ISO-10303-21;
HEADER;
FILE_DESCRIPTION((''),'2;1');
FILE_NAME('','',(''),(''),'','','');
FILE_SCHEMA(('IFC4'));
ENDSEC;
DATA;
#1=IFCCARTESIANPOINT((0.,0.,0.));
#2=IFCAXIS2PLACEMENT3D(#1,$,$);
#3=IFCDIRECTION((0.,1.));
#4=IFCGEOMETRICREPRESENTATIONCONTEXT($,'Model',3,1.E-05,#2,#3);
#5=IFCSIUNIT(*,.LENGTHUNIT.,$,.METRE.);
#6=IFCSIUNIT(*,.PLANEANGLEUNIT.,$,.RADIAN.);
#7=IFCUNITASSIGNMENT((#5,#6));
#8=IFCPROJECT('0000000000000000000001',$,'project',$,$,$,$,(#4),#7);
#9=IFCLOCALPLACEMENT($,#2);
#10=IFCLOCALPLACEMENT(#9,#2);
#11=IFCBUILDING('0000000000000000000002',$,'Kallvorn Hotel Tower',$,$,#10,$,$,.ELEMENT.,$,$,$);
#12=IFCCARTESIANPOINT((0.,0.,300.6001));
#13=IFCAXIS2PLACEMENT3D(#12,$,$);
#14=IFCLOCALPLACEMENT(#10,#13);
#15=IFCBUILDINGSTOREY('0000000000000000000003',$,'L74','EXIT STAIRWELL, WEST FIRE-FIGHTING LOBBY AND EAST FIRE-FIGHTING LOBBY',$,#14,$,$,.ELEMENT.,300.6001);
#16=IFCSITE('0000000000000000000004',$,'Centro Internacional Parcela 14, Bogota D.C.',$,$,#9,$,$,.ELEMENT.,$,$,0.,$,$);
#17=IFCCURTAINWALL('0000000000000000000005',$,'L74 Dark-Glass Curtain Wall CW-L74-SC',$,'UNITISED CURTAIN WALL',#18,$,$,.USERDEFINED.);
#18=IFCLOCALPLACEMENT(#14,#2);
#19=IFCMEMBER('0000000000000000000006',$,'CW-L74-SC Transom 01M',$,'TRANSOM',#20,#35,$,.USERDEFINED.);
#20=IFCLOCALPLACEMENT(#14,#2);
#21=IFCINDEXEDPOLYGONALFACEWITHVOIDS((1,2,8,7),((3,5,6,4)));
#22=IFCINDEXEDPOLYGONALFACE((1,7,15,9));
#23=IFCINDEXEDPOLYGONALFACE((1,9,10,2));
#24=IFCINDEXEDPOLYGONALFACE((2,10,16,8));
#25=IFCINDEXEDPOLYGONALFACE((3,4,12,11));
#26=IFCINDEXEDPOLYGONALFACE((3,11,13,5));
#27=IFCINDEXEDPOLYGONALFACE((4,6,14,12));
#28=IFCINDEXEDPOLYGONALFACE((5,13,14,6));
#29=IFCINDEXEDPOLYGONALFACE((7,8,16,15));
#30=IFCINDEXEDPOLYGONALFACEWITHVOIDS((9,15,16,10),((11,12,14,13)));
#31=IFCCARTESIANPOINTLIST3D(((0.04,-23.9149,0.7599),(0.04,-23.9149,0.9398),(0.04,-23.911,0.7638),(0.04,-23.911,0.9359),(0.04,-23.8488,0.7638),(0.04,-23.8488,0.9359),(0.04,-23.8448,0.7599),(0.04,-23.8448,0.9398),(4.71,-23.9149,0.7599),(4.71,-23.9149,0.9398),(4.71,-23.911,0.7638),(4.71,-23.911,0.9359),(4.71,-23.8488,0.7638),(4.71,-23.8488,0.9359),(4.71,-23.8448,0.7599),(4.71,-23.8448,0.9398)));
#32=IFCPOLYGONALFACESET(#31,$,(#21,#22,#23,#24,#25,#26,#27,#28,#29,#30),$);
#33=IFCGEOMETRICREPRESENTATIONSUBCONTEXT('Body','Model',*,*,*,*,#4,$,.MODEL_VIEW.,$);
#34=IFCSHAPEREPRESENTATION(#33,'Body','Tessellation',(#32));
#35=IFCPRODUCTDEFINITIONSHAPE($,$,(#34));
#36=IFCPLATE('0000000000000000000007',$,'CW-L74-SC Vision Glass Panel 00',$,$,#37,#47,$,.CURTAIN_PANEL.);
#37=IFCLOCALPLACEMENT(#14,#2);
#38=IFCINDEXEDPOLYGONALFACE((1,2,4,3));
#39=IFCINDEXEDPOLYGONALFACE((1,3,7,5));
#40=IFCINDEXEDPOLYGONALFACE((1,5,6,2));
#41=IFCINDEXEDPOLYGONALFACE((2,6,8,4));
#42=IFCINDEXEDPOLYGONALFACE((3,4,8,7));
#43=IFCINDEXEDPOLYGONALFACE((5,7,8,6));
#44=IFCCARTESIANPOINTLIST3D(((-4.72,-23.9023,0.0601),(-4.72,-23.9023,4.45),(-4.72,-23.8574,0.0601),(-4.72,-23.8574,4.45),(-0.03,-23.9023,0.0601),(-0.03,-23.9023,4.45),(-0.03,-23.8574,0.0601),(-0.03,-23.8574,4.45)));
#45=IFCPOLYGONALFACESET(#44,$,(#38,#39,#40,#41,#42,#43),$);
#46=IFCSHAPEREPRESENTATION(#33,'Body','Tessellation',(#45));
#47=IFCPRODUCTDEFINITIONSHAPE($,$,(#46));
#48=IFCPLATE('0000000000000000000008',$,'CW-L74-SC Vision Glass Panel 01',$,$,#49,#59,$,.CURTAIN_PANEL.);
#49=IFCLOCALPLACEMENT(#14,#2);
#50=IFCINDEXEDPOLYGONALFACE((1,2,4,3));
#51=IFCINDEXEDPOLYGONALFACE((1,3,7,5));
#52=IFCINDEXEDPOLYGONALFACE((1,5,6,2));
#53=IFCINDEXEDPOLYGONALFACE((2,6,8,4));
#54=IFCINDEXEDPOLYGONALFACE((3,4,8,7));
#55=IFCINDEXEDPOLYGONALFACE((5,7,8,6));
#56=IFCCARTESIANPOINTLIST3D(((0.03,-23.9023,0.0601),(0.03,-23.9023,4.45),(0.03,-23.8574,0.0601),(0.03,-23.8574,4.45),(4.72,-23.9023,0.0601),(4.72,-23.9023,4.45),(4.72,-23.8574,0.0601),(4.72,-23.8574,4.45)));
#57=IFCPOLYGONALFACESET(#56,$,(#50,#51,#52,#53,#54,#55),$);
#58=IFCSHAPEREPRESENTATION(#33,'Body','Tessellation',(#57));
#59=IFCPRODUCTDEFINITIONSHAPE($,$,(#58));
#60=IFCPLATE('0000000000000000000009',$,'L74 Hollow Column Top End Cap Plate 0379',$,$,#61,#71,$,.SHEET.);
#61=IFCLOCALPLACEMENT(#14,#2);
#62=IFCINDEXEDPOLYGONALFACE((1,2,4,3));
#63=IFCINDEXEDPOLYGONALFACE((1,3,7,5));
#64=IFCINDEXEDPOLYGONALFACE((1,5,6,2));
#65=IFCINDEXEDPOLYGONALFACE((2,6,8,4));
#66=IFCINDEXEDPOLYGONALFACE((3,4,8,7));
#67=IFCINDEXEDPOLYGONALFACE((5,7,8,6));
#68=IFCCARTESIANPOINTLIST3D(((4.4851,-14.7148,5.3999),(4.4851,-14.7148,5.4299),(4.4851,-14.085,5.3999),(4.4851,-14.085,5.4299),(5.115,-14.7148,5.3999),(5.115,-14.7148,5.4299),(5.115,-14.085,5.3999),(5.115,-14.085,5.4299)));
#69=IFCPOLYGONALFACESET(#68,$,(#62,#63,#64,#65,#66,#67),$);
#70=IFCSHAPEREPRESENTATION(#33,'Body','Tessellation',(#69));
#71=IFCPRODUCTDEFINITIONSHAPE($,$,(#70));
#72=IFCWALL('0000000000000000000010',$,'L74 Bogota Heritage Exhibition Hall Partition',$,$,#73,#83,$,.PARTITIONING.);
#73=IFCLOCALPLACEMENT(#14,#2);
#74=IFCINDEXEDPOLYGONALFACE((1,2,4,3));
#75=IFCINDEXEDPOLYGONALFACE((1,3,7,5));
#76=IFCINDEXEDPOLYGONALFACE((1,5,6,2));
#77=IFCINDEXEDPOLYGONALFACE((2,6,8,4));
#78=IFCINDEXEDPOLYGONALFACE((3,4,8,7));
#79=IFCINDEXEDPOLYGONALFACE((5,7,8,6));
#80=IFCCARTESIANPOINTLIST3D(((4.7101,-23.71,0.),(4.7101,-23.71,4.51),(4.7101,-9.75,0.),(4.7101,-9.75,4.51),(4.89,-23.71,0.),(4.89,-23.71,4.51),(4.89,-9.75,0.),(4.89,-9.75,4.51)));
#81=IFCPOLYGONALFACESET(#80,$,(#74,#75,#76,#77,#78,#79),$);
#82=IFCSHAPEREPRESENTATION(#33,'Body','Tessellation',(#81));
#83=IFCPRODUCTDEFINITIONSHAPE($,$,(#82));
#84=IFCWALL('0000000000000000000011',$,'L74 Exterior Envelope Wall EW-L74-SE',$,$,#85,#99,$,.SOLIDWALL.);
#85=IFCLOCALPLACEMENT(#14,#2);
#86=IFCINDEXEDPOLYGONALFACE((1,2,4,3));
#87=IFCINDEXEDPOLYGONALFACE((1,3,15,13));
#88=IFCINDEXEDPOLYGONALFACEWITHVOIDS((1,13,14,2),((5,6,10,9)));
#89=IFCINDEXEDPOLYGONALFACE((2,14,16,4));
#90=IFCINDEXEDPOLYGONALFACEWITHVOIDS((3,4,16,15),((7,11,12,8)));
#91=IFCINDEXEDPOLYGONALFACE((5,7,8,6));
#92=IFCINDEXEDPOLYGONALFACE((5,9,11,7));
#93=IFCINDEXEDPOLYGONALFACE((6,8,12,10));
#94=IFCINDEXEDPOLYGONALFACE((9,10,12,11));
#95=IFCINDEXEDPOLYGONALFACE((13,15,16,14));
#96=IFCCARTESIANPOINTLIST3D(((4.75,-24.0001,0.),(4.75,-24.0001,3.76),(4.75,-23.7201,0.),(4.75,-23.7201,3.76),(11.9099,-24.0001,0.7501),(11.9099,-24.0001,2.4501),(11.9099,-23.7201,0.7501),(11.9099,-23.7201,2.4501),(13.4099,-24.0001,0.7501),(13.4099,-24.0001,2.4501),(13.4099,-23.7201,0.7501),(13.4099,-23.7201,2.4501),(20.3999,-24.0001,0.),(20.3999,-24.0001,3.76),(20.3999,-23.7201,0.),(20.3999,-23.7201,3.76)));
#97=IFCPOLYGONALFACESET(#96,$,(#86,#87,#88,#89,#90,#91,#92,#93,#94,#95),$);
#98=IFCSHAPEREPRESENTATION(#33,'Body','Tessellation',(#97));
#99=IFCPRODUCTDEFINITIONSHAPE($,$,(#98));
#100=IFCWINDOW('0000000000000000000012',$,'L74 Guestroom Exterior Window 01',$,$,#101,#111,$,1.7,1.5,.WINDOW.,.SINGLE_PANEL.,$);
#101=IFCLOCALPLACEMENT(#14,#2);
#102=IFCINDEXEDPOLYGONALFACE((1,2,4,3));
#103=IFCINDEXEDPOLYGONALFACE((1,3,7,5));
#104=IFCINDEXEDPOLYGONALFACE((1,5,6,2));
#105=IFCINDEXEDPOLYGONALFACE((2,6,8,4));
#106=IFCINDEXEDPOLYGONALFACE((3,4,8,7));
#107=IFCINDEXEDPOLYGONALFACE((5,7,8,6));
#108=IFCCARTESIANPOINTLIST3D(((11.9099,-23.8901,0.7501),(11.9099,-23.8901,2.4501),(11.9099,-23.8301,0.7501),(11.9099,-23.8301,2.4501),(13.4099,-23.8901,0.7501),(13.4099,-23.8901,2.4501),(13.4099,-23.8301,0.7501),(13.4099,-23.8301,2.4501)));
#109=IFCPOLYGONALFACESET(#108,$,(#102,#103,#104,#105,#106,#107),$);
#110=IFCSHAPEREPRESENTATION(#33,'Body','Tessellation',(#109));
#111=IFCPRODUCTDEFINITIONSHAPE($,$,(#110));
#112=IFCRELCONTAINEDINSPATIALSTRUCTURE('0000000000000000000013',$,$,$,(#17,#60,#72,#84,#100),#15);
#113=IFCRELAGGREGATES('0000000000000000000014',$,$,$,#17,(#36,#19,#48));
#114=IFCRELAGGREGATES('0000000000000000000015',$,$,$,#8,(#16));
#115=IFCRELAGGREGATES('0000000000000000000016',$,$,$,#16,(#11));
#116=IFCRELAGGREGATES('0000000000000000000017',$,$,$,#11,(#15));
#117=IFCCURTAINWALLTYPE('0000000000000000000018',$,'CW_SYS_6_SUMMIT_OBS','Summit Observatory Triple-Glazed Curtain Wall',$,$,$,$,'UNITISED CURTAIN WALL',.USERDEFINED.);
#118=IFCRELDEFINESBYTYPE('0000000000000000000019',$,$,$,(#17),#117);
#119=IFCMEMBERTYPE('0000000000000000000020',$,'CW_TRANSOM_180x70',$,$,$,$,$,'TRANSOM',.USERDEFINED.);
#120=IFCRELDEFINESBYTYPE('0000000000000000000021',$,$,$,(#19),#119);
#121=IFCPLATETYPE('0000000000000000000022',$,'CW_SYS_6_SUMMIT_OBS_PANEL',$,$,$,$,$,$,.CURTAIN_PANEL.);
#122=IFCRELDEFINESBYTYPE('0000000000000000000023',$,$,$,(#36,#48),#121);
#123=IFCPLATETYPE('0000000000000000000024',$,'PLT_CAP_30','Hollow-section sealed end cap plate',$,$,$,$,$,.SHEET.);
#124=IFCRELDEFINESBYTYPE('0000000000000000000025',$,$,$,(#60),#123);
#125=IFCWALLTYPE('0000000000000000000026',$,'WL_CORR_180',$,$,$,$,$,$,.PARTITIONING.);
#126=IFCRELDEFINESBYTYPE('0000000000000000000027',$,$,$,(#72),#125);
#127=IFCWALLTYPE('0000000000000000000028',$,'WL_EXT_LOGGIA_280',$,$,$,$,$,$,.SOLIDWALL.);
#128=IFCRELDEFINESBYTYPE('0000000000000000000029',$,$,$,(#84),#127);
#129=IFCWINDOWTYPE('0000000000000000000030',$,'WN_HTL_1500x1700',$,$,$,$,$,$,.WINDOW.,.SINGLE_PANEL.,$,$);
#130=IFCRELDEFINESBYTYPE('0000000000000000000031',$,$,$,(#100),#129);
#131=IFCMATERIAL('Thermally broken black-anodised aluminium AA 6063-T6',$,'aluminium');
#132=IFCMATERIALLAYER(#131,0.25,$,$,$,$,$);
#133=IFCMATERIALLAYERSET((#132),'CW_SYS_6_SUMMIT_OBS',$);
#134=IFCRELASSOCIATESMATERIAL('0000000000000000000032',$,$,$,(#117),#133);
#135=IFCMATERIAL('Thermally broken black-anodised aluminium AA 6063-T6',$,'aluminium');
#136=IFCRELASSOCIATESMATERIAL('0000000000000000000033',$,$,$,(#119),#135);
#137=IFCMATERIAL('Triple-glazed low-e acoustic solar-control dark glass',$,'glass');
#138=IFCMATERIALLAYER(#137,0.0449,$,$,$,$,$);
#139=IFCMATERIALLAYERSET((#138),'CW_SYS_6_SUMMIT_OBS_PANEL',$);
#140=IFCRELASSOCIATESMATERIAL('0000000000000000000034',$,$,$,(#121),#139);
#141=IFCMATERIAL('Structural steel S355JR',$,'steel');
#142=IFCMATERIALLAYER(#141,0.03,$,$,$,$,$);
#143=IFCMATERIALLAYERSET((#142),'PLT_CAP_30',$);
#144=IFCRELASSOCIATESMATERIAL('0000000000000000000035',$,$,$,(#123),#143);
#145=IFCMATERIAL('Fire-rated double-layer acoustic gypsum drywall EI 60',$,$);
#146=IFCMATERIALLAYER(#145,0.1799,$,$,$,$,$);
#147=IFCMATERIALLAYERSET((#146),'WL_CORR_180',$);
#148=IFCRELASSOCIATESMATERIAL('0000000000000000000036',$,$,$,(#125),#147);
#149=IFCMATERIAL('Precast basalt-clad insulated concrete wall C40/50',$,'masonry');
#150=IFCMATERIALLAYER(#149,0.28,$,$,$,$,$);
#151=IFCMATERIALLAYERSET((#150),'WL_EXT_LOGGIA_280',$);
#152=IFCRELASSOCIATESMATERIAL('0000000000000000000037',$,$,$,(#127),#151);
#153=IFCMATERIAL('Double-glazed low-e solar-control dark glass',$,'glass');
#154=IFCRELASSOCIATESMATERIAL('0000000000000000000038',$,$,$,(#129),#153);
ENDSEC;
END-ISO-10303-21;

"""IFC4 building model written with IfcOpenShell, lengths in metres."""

from ifc_helpers import new_model, si_unit, direction, frame, frame_2d, origin, origin_2d, place, context, subcontext, project, spatial, rectangle, hollow_rectangle, extrude, material, layer, layer_set, material_profile, profile_set, type_object, element, fill, aggregate, save


model = new_model("IFC4")

# Units and contexts
model_context = context("Model", 3, precision=1e-05, world=origin(), true_north=direction((0.0, 1.0)))
body_context = subcontext(model_context, "Body", "Model", "MODEL_VIEW")
ifc_project = project(units=[si_unit("LENGTHUNIT", "METRE"), si_unit("PLANEANGLEUNIT", "RADIAN")], contexts=[model_context])

# Site, building, storey
site_placement = place(None, origin())
site = spatial("IfcSite", under=ifc_project, at=site_placement, Name="Centro Internacional Parcela 14, Bogota D.C.", CompositionType="ELEMENT", RefElevation=0.0)
building_placement = place(site_placement, origin())
building = spatial("IfcBuilding", under=site, at=building_placement, Name="Kallvorn Hotel Tower", CompositionType="ELEMENT")
storey_placement = place(building_placement, frame((0.0, 0.0, 300.6001)))
storey = spatial("IfcBuildingStorey", under=building, at=storey_placement, Name="L74", Description="EXIT STAIRWELL, WEST FIRE-FIGHTING LOBBY AND EAST FIRE-FIGHTING LOBBY", CompositionType="ELEMENT", Elevation=300.6001)

# Curtain wall, member, plates
ifc_material_1 = material(Name="Thermally broken black-anodised aluminium AA 6063-T6", Category="aluminium")
ifc_layer_1 = layer(ifc_material_1, 0.25)
ifc_layer_set_1 = layer_set([ifc_layer_1], Name="CW_SYS_6_SUMMIT_OBS")
curtain_wall_type = type_object("IfcCurtainWallType", Name="CW_SYS_6_SUMMIT_OBS", Description="Summit Observatory Triple-Glazed Curtain Wall", ElementType="UNITISED CURTAIN WALL", PredefinedType="USERDEFINED", material=ifc_layer_set_1)
curtain_wall_placement = place(storey_placement, origin())
curtain_wall = element("IfcCurtainWall", 1, at=curtain_wall_placement, inside=storey, type_object=curtain_wall_type, Name="L74 Dark-Glass Curtain Wall CW-L74-SC", ObjectType="UNITISED CURTAIN WALL", PredefinedType="USERDEFINED")
ifc_material_2 = material(Name="Thermally broken black-anodised aluminium AA 6063-T6", Category="aluminium")
ifc_material_profile_1 = material_profile(ifc_material_2, hollow_rectangle(XDim=0.0701, YDim=0.1799, WallThickness=0.0039, at=origin_2d()), Name="TRN 180x70")
ifc_profile_set_1 = profile_set([ifc_material_profile_1], Name="Thermally broken black-anodised aluminium AA 6063-T6")
member_type_1 = type_object("IfcMemberType", Name="CW_TRANSOM_180x70", ElementType="TRANSOM", PredefinedType="USERDEFINED", material=ifc_profile_set_1)
member_1_placement = place(storey_placement, frame((0.04, -23.8799, 0.8499), z_axis=(1.0, 0.0, 0.0), x_axis=(0.0, 1.0, 0.0)))
member_1 = element("IfcMember", 2, at=member_1_placement, type_object=member_type_1, Name="CW-L74-SC Transom 01M", ObjectType="TRANSOM", PredefinedType="USERDEFINED", context=body_context, shape_type="SweptSolid", body=[
    extrude(hollow_rectangle(XDim=0.0701, YDim=0.1799, WallThickness=0.0039, at=origin_2d()), origin(), (0.0, 0.0, 1.0), 4.6699),
])
ifc_material_3 = material(Name="Triple-glazed low-e acoustic solar-control dark glass", Category="glass")
ifc_layer_2 = layer(ifc_material_3, 0.0449)
ifc_layer_set_2 = layer_set([ifc_layer_2], Name="CW_SYS_6_SUMMIT_OBS_PANEL")
plate_type_1 = type_object("IfcPlateType", Name="CW_SYS_6_SUMMIT_OBS_PANEL", PredefinedType="CURTAIN_PANEL", material=ifc_layer_set_2)
plate_1_placement = place(storey_placement, frame((-2.375, -23.8799, 0.0601), z_axis=(0.0, 0.0, 1.0), x_axis=(1.0, 0.0, 0.0)))
plate_1 = element("IfcPlate", 3, at=plate_1_placement, type_object=plate_type_1, Name="CW-L74-SC Vision Glass Panel 00", PredefinedType="CURTAIN_PANEL", context=body_context, shape_type="SweptSolid", body=[
    extrude(rectangle(XDim=4.6899, YDim=0.0449, at=origin_2d()), origin(), (0.0, 0.0, 1.0), 4.3899),
])
plate_2_placement = place(storey_placement, frame((2.375, -23.8799, 0.0601), z_axis=(0.0, 0.0, 1.0), x_axis=(1.0, 0.0, 0.0)))
plate_2 = element("IfcPlate", 4, at=plate_2_placement, type_object=plate_type_1, Name="CW-L74-SC Vision Glass Panel 01", PredefinedType="CURTAIN_PANEL", context=body_context, shape_type="SweptSolid", body=[
    extrude(rectangle(XDim=4.6899, YDim=0.0449, at=origin_2d()), origin(), (0.0, 0.0, 1.0), 4.3899),
])
aggregate(curtain_wall, [plate_1, member_1, plate_2])

# Plate
ifc_material_4 = material(Name="Structural steel S355JR", Category="steel")
ifc_layer_3 = layer(ifc_material_4, 0.03)
ifc_layer_set_3 = layer_set([ifc_layer_3], Name="PLT_CAP_30")
plate_type_2 = type_object("IfcPlateType", Name="PLT_CAP_30", Description="Hollow-section sealed end cap plate", PredefinedType="SHEET", material=ifc_layer_set_3)
plate_3_placement = place(storey_placement, frame((4.8, -14.3999, 5.3999), z_axis=(0.0, 0.0, 1.0), x_axis=(1.0, 0.0, 0.0)))
element("IfcPlate", 5, at=plate_3_placement, inside=storey, type_object=plate_type_2, Name="L74 Hollow Column Top End Cap Plate 0379", PredefinedType="SHEET", context=body_context, shape_type="SweptSolid", body=[
    extrude(rectangle(XDim=0.6299, YDim=0.6299, at=origin_2d()), origin(), (0.0, 0.0, 1.0), 0.03),
])

# Wall
ifc_material_5 = material(Name="Fire-rated double-layer acoustic gypsum drywall EI 60")
ifc_layer_4 = layer(ifc_material_5, 0.1799)
ifc_layer_set_4 = layer_set([ifc_layer_4], Name="WL_CORR_180")
wall_type_1 = type_object("IfcWallType", Name="WL_CORR_180", PredefinedType="PARTITIONING", material=ifc_layer_set_4)
wall_1_placement = place(storey_placement, frame((4.8, -23.71, 0.0), z_axis=(0.0, 0.0, 1.0), x_axis=(0.0, 1.0, 0.0)))
element("IfcWall", 6, at=wall_1_placement, inside=storey, type_object=wall_type_1, Name="L74 Bogota Heritage Exhibition Hall Partition", PredefinedType="PARTITIONING", context=body_context, shape_type="SweptSolid", body=[
    extrude(rectangle(XDim=13.96, YDim=0.1799, at=frame_2d((6.98, 0.0))), origin(), (0.0, 0.0, 1.0), 4.51),
])

# Wall, opening, window
ifc_material_6 = material(Name="Precast basalt-clad insulated concrete wall C40/50", Category="masonry")
ifc_layer_5 = layer(ifc_material_6, 0.28)
ifc_layer_set_5 = layer_set([ifc_layer_5], Name="WL_EXT_LOGGIA_280")
wall_type_2 = type_object("IfcWallType", Name="WL_EXT_LOGGIA_280", PredefinedType="SOLIDWALL", material=ifc_layer_set_5)
wall_2_placement = place(storey_placement, frame((4.75, -23.8601, 0.0), z_axis=(0.0, 0.0, 1.0), x_axis=(1.0, 0.0, 0.0)))
wall_2 = element("IfcWall", 7, at=wall_2_placement, inside=storey, type_object=wall_type_2, Name="L74 Exterior Envelope Wall EW-L74-SE", PredefinedType="SOLIDWALL", context=body_context, shape_type="SweptSolid", body=[
    extrude(rectangle(XDim=15.6499, YDim=0.28, at=frame_2d((7.825, 0.0))), origin(), (0.0, 0.0, 1.0), 3.76),
])
opening_placement = place(wall_2_placement, frame((7.1599, 0.0, 0.75)))
opening = element("IfcOpeningElement", 8, at=opening_placement, cuts=wall_2, PredefinedType="OPENING", context=body_context, shape_type="SweptSolid", body=[
    extrude(rectangle(XDim=1.5, YDim=1.7, at=frame_2d((0.75, 0.8501))), frame((0.0, 0.155, 0.0), z_axis=(0.0, -1.0, 0.0), x_axis=(1.0, 0.0, 0.0)), (0.0, 0.0, 1.0), 0.3101),
])
ifc_material_7 = material(Name="Double-glazed low-e solar-control dark glass", Category="glass")
window_type = type_object("IfcWindowType", Name="WN_HTL_1500x1700", PartitioningType="SINGLE_PANEL", PredefinedType="WINDOW", material=ifc_material_7)
window_placement = place(opening_placement, origin())
window = element("IfcWindow", 9, at=window_placement, inside=storey, type_object=window_type, Name="L74 Guestroom Exterior Window 01", OverallHeight=1.7, OverallWidth=1.5, PartitioningType="SINGLE_PANEL", PredefinedType="WINDOW", context=body_context, shape_type="SweptSolid", body=[
    extrude(rectangle(XDim=1.5, YDim=1.7, at=frame_2d((0.75, 0.8501))), frame((0.0, 0.03, 0.0), z_axis=(0.0, -1.0, 0.0), x_axis=(1.0, 0.0, 0.0)), (0.0, 0.0, 1.0), 0.0601),
])
fill(opening, window)

save(model, "model.ifc")
